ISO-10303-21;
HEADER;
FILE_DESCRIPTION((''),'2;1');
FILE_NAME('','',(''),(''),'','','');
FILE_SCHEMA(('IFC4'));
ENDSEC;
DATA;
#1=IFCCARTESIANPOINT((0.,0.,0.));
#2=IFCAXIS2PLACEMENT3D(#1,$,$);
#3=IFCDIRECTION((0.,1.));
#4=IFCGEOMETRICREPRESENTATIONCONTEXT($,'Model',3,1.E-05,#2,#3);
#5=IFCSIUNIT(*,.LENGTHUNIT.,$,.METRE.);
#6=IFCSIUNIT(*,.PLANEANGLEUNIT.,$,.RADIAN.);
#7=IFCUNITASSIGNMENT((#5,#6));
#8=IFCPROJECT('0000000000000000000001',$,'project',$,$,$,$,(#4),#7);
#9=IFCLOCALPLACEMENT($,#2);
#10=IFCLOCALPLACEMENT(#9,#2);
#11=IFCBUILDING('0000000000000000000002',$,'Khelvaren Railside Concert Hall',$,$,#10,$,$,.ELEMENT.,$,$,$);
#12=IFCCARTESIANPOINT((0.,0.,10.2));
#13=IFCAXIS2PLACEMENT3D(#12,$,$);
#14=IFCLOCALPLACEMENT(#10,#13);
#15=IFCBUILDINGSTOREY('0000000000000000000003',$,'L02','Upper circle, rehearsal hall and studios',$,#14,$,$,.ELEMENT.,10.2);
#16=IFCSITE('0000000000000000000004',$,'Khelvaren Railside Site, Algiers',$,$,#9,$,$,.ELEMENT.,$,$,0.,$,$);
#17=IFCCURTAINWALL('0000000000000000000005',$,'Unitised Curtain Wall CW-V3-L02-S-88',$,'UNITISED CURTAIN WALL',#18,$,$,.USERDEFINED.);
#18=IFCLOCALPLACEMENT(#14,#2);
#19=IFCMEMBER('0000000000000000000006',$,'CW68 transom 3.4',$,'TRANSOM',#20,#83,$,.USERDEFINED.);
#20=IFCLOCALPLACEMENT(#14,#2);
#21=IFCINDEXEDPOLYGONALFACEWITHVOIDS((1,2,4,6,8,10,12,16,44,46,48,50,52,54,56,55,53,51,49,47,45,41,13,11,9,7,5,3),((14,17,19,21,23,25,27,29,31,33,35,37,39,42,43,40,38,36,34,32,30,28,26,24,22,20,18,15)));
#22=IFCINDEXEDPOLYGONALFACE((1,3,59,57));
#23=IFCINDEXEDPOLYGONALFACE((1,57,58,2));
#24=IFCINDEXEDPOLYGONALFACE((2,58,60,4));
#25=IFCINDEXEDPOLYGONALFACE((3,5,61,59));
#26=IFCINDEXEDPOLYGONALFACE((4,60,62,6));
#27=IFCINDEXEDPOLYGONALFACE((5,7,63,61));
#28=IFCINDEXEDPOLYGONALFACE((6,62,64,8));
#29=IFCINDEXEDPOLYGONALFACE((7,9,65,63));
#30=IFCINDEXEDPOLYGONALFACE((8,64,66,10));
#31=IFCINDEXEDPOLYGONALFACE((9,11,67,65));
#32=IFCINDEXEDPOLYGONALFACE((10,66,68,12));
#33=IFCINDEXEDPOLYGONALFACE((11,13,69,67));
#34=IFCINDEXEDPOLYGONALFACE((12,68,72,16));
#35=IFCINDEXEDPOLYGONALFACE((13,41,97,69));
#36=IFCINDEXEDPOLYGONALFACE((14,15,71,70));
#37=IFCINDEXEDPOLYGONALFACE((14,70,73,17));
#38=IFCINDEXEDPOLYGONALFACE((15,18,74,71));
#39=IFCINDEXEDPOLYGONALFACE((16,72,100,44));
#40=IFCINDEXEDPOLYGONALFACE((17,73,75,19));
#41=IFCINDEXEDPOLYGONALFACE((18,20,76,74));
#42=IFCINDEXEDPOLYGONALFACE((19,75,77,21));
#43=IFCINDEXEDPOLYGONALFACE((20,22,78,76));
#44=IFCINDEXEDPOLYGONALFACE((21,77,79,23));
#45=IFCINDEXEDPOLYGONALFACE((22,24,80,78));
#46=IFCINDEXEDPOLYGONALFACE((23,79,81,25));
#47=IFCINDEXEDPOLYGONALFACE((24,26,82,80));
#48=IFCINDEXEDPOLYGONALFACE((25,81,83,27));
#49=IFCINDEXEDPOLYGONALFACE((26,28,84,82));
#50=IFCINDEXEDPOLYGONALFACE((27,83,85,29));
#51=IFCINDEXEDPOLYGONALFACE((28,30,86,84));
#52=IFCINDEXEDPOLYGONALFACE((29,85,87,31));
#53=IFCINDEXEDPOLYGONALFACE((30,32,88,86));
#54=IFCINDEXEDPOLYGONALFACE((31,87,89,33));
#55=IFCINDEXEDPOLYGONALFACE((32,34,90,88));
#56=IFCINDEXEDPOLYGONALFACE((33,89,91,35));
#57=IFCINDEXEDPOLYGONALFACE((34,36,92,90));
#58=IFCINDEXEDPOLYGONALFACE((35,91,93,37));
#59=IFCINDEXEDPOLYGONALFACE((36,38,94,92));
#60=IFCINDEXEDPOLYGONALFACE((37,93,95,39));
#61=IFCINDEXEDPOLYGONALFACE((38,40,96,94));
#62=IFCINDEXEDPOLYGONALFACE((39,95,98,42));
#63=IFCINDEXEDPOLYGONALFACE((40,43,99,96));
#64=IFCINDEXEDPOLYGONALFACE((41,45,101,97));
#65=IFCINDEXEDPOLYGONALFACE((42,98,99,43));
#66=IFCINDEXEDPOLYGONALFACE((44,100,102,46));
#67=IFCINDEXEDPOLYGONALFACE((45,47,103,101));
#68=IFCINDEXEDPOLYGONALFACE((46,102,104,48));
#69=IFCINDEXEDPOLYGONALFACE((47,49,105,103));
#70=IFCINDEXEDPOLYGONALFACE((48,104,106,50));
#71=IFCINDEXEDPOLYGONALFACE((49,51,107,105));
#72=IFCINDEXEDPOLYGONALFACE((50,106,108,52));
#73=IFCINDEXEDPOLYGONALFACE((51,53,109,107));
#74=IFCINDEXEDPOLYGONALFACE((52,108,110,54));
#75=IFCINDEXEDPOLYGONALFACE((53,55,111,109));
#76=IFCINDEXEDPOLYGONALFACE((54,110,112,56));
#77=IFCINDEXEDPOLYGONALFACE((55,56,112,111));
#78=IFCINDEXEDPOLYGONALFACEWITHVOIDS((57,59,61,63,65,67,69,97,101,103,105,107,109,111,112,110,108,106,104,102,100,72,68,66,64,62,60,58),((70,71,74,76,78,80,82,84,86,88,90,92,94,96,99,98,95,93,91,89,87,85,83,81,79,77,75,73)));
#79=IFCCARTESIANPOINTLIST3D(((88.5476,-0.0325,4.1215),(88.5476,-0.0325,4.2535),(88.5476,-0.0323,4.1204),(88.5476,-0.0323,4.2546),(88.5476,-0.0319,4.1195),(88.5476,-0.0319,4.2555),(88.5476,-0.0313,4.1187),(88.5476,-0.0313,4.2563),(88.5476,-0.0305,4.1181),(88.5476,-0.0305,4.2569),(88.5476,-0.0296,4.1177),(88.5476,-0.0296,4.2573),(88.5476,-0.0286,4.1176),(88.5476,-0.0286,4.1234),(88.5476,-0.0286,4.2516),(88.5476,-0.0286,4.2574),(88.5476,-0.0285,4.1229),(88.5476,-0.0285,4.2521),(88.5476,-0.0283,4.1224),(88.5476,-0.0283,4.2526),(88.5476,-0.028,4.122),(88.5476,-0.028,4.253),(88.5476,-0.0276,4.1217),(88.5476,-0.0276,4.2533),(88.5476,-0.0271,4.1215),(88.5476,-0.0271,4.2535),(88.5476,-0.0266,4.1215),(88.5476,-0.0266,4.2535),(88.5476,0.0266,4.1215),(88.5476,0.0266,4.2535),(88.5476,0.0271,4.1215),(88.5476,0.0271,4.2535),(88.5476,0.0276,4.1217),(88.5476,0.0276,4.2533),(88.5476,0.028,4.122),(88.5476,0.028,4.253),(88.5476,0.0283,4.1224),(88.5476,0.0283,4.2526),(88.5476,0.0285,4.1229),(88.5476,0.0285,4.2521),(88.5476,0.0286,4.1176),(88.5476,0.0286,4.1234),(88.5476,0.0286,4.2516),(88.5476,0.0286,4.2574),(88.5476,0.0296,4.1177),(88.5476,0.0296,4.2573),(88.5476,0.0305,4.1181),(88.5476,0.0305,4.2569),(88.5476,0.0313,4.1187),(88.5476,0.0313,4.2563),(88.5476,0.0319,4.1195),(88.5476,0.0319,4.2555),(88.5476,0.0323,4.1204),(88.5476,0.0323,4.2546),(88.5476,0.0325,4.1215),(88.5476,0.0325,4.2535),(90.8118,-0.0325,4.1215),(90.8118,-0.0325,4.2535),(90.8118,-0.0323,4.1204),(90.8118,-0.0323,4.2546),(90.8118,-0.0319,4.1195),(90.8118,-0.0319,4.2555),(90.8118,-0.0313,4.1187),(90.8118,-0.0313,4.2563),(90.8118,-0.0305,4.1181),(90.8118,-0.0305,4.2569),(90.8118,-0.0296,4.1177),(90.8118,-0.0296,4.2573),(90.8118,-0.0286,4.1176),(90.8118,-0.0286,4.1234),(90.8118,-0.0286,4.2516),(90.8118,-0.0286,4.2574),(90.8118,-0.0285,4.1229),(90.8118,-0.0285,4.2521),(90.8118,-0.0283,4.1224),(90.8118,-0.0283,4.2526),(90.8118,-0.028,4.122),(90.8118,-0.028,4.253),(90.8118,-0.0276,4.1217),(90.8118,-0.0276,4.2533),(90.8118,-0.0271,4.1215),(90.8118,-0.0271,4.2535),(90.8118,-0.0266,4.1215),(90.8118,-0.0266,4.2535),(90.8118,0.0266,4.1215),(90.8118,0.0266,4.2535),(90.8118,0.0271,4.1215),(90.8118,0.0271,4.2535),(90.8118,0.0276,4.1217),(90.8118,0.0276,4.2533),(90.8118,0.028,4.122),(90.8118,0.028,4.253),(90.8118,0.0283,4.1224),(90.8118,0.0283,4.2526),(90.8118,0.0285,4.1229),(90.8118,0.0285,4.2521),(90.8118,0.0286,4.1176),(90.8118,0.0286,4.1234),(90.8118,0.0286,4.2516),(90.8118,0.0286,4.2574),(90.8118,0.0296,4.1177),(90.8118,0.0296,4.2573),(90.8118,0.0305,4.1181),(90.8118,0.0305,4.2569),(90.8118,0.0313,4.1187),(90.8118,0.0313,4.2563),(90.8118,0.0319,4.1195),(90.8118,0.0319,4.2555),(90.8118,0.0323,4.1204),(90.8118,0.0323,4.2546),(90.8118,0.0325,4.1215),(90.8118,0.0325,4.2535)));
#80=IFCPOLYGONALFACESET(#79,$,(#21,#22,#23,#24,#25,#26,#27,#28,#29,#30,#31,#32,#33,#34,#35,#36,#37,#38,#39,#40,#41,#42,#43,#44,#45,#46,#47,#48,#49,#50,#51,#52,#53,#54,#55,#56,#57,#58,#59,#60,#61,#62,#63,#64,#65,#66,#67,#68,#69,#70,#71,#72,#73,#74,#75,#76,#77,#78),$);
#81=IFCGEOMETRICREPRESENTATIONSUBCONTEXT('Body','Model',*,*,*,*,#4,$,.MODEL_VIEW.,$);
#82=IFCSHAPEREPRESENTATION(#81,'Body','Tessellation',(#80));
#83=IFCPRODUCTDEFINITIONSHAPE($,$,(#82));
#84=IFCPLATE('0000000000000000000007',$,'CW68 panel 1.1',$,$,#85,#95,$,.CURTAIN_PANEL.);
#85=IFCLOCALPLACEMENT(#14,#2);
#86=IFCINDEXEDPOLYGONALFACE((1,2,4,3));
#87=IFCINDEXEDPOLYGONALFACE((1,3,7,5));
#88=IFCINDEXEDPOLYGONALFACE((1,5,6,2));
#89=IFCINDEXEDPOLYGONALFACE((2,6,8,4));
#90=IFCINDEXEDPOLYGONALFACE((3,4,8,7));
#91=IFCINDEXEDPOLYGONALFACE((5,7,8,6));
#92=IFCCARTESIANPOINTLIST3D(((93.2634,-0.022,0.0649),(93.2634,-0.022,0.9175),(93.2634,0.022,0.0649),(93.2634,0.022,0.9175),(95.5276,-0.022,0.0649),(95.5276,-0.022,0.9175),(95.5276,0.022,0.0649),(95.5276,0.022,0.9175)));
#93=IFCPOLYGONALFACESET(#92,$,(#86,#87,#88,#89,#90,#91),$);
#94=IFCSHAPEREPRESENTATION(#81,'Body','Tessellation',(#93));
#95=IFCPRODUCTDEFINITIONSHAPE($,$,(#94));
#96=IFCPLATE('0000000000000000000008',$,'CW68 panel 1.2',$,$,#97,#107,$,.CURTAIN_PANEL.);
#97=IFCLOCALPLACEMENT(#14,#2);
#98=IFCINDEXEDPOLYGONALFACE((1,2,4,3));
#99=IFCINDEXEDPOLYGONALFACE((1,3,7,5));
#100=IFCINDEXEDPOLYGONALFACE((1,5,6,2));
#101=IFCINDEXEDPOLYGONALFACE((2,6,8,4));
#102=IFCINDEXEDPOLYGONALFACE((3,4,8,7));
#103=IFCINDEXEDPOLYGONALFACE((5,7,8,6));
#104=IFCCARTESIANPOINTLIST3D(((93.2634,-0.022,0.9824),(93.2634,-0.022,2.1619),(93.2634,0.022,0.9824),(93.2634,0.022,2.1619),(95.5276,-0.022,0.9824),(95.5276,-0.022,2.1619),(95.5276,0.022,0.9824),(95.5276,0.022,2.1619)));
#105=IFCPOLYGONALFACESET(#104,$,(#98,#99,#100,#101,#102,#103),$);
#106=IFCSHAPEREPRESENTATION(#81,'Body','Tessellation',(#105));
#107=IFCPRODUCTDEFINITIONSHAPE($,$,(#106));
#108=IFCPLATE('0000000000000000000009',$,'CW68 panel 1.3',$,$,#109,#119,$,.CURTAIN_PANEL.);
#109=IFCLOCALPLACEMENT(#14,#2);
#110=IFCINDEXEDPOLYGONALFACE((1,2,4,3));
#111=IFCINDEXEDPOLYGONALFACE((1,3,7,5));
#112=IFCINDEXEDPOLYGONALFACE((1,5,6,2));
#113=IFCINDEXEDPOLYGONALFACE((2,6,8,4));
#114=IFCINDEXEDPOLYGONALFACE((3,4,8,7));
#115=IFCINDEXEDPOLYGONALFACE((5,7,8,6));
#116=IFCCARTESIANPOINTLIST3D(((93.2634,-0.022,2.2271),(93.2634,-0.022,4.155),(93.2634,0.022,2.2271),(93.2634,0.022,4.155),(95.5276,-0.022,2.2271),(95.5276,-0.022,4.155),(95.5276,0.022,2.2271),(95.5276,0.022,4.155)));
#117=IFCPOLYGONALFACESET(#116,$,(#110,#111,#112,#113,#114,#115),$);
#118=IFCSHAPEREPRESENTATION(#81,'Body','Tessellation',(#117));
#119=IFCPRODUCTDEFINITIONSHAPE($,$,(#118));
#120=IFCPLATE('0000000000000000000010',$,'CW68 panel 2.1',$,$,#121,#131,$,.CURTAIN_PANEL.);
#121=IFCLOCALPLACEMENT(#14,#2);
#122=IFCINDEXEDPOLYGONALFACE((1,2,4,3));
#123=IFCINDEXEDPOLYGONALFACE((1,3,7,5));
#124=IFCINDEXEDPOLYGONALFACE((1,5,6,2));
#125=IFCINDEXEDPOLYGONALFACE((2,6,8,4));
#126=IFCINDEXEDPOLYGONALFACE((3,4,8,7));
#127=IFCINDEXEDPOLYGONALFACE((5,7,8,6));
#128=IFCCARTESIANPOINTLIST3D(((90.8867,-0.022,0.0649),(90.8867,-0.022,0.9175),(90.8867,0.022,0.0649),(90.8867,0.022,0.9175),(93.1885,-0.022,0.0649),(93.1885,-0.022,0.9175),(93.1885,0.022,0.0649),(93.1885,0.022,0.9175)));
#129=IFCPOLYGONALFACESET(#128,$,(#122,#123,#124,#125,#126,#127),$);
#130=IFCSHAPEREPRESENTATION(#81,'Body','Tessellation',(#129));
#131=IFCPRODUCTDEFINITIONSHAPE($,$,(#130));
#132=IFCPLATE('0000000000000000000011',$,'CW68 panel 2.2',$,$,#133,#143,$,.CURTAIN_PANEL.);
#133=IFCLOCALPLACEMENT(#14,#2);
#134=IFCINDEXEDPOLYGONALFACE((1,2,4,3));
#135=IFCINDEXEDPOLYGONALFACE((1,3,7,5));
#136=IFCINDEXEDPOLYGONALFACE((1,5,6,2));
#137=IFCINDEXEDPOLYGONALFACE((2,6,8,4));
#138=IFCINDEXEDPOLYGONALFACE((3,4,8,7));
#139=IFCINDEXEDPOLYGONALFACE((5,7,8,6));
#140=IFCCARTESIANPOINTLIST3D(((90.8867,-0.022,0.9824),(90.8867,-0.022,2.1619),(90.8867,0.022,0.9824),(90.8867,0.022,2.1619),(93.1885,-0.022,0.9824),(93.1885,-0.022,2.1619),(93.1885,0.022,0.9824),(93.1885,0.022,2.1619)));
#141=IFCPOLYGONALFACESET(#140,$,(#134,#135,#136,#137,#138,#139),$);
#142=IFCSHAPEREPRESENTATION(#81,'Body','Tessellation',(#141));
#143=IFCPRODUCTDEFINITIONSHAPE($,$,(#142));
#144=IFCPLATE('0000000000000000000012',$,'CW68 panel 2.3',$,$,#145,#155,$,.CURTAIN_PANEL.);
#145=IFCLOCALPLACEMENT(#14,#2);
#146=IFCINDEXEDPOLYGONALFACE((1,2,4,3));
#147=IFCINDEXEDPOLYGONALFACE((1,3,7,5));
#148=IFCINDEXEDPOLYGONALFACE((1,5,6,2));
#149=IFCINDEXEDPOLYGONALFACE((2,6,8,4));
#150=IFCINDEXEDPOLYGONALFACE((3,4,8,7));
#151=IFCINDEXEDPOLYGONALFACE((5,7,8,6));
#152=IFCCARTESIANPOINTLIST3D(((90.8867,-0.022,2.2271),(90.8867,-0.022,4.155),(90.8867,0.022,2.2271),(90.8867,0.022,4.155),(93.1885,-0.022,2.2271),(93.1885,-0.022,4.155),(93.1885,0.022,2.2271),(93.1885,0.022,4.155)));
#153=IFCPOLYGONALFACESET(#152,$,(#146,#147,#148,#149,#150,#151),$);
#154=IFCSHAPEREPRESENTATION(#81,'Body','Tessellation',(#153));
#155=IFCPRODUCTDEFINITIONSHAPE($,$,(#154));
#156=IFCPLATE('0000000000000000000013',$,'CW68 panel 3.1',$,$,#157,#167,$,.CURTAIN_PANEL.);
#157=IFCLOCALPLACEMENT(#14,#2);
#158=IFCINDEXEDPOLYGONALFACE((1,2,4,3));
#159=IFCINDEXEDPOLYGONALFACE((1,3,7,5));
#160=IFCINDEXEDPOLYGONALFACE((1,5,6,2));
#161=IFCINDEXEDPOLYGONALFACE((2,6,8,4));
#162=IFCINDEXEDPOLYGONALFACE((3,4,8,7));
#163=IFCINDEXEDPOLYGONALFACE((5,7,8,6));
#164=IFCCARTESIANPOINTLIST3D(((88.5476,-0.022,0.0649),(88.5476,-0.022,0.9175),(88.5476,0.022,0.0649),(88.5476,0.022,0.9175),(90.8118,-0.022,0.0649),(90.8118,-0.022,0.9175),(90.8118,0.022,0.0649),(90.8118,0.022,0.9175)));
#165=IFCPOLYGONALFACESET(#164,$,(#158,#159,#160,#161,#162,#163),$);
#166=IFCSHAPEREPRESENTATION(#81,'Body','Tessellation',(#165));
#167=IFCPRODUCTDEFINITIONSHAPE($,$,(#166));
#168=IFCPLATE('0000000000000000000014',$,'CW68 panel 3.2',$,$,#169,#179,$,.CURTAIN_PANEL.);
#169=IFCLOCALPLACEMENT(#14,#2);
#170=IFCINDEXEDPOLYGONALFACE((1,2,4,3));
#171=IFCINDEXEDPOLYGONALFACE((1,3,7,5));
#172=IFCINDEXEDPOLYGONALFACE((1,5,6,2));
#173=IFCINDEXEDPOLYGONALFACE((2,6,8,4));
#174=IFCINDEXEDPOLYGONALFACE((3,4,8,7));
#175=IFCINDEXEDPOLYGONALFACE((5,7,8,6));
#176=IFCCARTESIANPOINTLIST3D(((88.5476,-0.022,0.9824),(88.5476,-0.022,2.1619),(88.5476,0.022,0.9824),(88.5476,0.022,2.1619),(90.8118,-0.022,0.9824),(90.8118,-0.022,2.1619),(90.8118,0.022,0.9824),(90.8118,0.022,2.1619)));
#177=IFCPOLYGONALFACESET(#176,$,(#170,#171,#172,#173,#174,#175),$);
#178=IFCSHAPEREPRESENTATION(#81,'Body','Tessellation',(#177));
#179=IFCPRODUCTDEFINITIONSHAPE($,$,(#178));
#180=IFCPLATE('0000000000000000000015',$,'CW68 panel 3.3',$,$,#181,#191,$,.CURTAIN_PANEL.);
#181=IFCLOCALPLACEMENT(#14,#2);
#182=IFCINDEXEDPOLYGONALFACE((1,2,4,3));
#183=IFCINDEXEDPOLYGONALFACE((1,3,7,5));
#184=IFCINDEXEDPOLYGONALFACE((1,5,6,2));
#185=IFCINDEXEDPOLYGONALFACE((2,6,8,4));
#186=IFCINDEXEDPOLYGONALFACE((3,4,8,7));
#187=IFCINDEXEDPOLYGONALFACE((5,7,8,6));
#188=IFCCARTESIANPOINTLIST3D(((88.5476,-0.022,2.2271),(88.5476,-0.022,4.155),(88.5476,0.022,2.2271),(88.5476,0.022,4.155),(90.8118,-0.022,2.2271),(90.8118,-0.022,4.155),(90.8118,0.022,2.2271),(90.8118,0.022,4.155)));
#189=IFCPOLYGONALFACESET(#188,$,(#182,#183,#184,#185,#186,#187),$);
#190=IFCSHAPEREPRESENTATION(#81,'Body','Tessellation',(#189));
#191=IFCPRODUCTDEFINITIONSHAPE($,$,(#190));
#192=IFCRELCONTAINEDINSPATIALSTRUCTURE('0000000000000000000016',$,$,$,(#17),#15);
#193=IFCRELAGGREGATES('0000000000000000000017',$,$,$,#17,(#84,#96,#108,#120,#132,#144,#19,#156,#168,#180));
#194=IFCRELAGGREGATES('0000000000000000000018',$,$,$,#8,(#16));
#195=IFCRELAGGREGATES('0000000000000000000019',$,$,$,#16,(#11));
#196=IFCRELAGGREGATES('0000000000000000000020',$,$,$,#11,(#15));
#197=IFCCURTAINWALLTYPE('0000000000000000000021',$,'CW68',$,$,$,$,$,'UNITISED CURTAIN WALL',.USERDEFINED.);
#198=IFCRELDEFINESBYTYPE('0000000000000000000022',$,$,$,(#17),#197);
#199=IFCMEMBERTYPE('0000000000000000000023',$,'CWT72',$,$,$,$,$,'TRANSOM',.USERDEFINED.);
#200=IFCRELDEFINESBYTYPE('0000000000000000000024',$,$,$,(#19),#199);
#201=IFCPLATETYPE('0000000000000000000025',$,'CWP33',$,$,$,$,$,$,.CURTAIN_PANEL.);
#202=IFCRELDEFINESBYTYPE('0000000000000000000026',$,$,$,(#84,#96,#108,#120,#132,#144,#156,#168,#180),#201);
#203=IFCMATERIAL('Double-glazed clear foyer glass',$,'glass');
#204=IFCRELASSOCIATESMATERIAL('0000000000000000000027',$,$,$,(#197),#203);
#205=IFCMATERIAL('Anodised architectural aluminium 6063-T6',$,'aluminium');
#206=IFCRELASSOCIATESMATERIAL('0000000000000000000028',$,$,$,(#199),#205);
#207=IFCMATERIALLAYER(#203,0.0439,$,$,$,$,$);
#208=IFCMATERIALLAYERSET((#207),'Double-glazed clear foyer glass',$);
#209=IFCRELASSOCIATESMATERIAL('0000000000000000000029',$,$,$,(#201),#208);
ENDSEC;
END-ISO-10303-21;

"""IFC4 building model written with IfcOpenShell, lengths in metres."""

from ifc_helpers import new_model, si_unit, direction, frame, origin, origin_2d, place, context, subcontext, project, spatial, rectangle, hollow_rectangle, extrude, material, layer, layer_set, material_profile, profile_set, type_object, element, aggregate, save


model = new_model("IFC4")

# Units and contexts
model_context = context("Model", 3, precision=1e-05, world=origin(), true_north=direction((0.0, 1.0)))
body_context = subcontext(model_context, "Body", "Model", "MODEL_VIEW")
ifc_project = project(units=[si_unit("LENGTHUNIT", "METRE"), si_unit("PLANEANGLEUNIT", "RADIAN")], contexts=[model_context])

# Site, building, storey
site_placement = place(None, origin())
site = spatial("IfcSite", under=ifc_project, at=site_placement, Name="Khelvaren Railside Site, Algiers", CompositionType="ELEMENT", RefElevation=0.0)
building_placement = place(site_placement, origin())
building = spatial("IfcBuilding", under=site, at=building_placement, Name="Khelvaren Railside Concert Hall", CompositionType="ELEMENT")
storey_placement = place(building_placement, frame((0.0, 0.0, 10.2)))
storey = spatial("IfcBuildingStorey", under=building, at=storey_placement, Name="L02", Description="Upper circle, rehearsal hall and studios", CompositionType="ELEMENT", Elevation=10.2)

# Curtain wall, member, plates
ifc_material_1 = material(Name="Double-glazed clear foyer glass", Category="glass")
curtain_wall_type = type_object("IfcCurtainWallType", Name="CW68", ElementType="UNITISED CURTAIN WALL", PredefinedType="USERDEFINED", material=ifc_material_1)
curtain_wall_placement = place(storey_placement, origin())
curtain_wall = element("IfcCurtainWall", 1, at=curtain_wall_placement, inside=storey, type_object=curtain_wall_type, Name="Unitised Curtain Wall CW-V3-L02-S-88", ObjectType="UNITISED CURTAIN WALL", PredefinedType="USERDEFINED")
ifc_material_2 = material(Name="Anodised architectural aluminium 6063-T6", Category="aluminium")
ifc_material_profile_1 = material_profile(ifc_material_2, hollow_rectangle(XDim=0.0649, YDim=0.1399, WallThickness=0.0039, InnerFilletRadius=0.002, OuterFilletRadius=0.0039, at=origin_2d()), Name="CWT 65x140x4")
ifc_profile_set_1 = profile_set([ifc_material_profile_1], Name="Anodised architectural aluminium 6063-T6")
member_type_1 = type_object("IfcMemberType", Name="CWT72", ElementType="TRANSOM", PredefinedType="USERDEFINED", material=ifc_profile_set_1)
member_1_placement = place(storey_placement, frame((90.8118, 0.0, 4.1875), z_axis=(-1.0, 0.0, 0.0), x_axis=(0.0, -1.0, 0.0)))
member_1 = element("IfcMember", 2, at=member_1_placement, type_object=member_type_1, Name="CW68 transom 3.4", ObjectType="TRANSOM", PredefinedType="USERDEFINED", context=body_context, shape_type="SweptSolid", body=[
    extrude(hollow_rectangle(XDim=0.0649, YDim=0.1399, WallThickness=0.0039, InnerFilletRadius=0.002, OuterFilletRadius=0.0039, at=origin_2d()), origin(), (0.0, 0.0, 1.0), 2.2642),
])
ifc_layer = layer(ifc_material_1, 0.0439)
ifc_layer_set = layer_set([ifc_layer], Name="Double-glazed clear foyer glass")
plate_type = type_object("IfcPlateType", Name="CWP33", PredefinedType="CURTAIN_PANEL", material=ifc_layer_set)
plate_1_placement = place(storey_placement, frame((94.3955, 0.0, 0.0649), z_axis=(0.0, 0.0, 1.0), x_axis=(-1.0, 0.0, 0.0)))
plate_1 = element("IfcPlate", 3, at=plate_1_placement, type_object=plate_type, Name="CW68 panel 1.1", PredefinedType="CURTAIN_PANEL", context=body_context, shape_type="SweptSolid", body=[
    extrude(rectangle(XDim=2.2642, YDim=0.0439, at=origin_2d()), origin(), (0.0, 0.0, 1.0), 0.8525),
])
plate_2_placement = place(storey_placement, frame((94.3955, 0.0, 0.9824), z_axis=(0.0, 0.0, 1.0), x_axis=(-1.0, 0.0, 0.0)))
plate_2 = element("IfcPlate", 4, at=plate_2_placement, type_object=plate_type, Name="CW68 panel 1.2", PredefinedType="CURTAIN_PANEL", context=body_context, shape_type="SweptSolid", body=[
    extrude(rectangle(XDim=2.2642, YDim=0.0439, at=origin_2d()), origin(), (0.0, 0.0, 1.0), 1.1794),
])
plate_3_placement = place(storey_placement, frame((94.3955, 0.0, 2.2271), z_axis=(0.0, 0.0, 1.0), x_axis=(-1.0, 0.0, 0.0)))
plate_3 = element("IfcPlate", 5, at=plate_3_placement, type_object=plate_type, Name="CW68 panel 1.3", PredefinedType="CURTAIN_PANEL", context=body_context, shape_type="SweptSolid", body=[
    extrude(rectangle(XDim=2.2642, YDim=0.0439, at=origin_2d()), origin(), (0.0, 0.0, 1.0), 1.928),
])
plate_4_placement = place(storey_placement, frame((92.0376, 0.0, 0.0649), z_axis=(0.0, 0.0, 1.0), x_axis=(-1.0, 0.0, 0.0)))
plate_4 = element("IfcPlate", 6, at=plate_4_placement, type_object=plate_type, Name="CW68 panel 2.1", PredefinedType="CURTAIN_PANEL", context=body_context, shape_type="SweptSolid", body=[
    extrude(rectangle(XDim=2.3018, YDim=0.0439, at=origin_2d()), origin(), (0.0, 0.0, 1.0), 0.8525),
])
plate_5_placement = place(storey_placement, frame((92.0376, 0.0, 0.9824), z_axis=(0.0, 0.0, 1.0), x_axis=(-1.0, 0.0, 0.0)))
plate_5 = element("IfcPlate", 7, at=plate_5_placement, type_object=plate_type, Name="CW68 panel 2.2", PredefinedType="CURTAIN_PANEL", context=body_context, shape_type="SweptSolid", body=[
    extrude(rectangle(XDim=2.3018, YDim=0.0439, at=origin_2d()), origin(), (0.0, 0.0, 1.0), 1.1794),
])
plate_6_placement = place(storey_placement, frame((92.0376, 0.0, 2.2271), z_axis=(0.0, 0.0, 1.0), x_axis=(-1.0, 0.0, 0.0)))
plate_6 = element("IfcPlate", 8, at=plate_6_placement, type_object=plate_type, Name="CW68 panel 2.3", PredefinedType="CURTAIN_PANEL", context=body_context, shape_type="SweptSolid", body=[
    extrude(rectangle(XDim=2.3018, YDim=0.0439, at=origin_2d()), origin(), (0.0, 0.0, 1.0), 1.928),
])
plate_7_placement = place(storey_placement, frame((89.6797, 0.0, 0.0649), z_axis=(0.0, 0.0, 1.0), x_axis=(-1.0, 0.0, 0.0)))
plate_7 = element("IfcPlate", 9, at=plate_7_placement, type_object=plate_type, Name="CW68 panel 3.1", PredefinedType="CURTAIN_PANEL", context=body_context, shape_type="SweptSolid", body=[
    extrude(rectangle(XDim=2.2642, YDim=0.0439, at=origin_2d()), origin(), (0.0, 0.0, 1.0), 0.8525),
])
plate_8_placement = place(storey_placement, frame((89.6797, 0.0, 0.9824), z_axis=(0.0, 0.0, 1.0), x_axis=(-1.0, 0.0, 0.0)))
plate_8 = element("IfcPlate", 10, at=plate_8_placement, type_object=plate_type, Name="CW68 panel 3.2", PredefinedType="CURTAIN_PANEL", context=body_context, shape_type="SweptSolid", body=[
    extrude(rectangle(XDim=2.2642, YDim=0.0439, at=origin_2d()), origin(), (0.0, 0.0, 1.0), 1.1794),
])
plate_9_placement = place(storey_placement, frame((89.6797, 0.0, 2.2271), z_axis=(0.0, 0.0, 1.0), x_axis=(-1.0, 0.0, 0.0)))
plate_9 = element("IfcPlate", 11, at=plate_9_placement, type_object=plate_type, Name="CW68 panel 3.3", PredefinedType="CURTAIN_PANEL", context=body_context, shape_type="SweptSolid", body=[
    extrude(rectangle(XDim=2.2642, YDim=0.0439, at=origin_2d()), origin(), (0.0, 0.0, 1.0), 1.928),
])
aggregate(curtain_wall, [plate_1, plate_2, plate_3, plate_4, plate_5, plate_6, member_1, plate_7, plate_8, plate_9])

save(model, "model.ifc")
